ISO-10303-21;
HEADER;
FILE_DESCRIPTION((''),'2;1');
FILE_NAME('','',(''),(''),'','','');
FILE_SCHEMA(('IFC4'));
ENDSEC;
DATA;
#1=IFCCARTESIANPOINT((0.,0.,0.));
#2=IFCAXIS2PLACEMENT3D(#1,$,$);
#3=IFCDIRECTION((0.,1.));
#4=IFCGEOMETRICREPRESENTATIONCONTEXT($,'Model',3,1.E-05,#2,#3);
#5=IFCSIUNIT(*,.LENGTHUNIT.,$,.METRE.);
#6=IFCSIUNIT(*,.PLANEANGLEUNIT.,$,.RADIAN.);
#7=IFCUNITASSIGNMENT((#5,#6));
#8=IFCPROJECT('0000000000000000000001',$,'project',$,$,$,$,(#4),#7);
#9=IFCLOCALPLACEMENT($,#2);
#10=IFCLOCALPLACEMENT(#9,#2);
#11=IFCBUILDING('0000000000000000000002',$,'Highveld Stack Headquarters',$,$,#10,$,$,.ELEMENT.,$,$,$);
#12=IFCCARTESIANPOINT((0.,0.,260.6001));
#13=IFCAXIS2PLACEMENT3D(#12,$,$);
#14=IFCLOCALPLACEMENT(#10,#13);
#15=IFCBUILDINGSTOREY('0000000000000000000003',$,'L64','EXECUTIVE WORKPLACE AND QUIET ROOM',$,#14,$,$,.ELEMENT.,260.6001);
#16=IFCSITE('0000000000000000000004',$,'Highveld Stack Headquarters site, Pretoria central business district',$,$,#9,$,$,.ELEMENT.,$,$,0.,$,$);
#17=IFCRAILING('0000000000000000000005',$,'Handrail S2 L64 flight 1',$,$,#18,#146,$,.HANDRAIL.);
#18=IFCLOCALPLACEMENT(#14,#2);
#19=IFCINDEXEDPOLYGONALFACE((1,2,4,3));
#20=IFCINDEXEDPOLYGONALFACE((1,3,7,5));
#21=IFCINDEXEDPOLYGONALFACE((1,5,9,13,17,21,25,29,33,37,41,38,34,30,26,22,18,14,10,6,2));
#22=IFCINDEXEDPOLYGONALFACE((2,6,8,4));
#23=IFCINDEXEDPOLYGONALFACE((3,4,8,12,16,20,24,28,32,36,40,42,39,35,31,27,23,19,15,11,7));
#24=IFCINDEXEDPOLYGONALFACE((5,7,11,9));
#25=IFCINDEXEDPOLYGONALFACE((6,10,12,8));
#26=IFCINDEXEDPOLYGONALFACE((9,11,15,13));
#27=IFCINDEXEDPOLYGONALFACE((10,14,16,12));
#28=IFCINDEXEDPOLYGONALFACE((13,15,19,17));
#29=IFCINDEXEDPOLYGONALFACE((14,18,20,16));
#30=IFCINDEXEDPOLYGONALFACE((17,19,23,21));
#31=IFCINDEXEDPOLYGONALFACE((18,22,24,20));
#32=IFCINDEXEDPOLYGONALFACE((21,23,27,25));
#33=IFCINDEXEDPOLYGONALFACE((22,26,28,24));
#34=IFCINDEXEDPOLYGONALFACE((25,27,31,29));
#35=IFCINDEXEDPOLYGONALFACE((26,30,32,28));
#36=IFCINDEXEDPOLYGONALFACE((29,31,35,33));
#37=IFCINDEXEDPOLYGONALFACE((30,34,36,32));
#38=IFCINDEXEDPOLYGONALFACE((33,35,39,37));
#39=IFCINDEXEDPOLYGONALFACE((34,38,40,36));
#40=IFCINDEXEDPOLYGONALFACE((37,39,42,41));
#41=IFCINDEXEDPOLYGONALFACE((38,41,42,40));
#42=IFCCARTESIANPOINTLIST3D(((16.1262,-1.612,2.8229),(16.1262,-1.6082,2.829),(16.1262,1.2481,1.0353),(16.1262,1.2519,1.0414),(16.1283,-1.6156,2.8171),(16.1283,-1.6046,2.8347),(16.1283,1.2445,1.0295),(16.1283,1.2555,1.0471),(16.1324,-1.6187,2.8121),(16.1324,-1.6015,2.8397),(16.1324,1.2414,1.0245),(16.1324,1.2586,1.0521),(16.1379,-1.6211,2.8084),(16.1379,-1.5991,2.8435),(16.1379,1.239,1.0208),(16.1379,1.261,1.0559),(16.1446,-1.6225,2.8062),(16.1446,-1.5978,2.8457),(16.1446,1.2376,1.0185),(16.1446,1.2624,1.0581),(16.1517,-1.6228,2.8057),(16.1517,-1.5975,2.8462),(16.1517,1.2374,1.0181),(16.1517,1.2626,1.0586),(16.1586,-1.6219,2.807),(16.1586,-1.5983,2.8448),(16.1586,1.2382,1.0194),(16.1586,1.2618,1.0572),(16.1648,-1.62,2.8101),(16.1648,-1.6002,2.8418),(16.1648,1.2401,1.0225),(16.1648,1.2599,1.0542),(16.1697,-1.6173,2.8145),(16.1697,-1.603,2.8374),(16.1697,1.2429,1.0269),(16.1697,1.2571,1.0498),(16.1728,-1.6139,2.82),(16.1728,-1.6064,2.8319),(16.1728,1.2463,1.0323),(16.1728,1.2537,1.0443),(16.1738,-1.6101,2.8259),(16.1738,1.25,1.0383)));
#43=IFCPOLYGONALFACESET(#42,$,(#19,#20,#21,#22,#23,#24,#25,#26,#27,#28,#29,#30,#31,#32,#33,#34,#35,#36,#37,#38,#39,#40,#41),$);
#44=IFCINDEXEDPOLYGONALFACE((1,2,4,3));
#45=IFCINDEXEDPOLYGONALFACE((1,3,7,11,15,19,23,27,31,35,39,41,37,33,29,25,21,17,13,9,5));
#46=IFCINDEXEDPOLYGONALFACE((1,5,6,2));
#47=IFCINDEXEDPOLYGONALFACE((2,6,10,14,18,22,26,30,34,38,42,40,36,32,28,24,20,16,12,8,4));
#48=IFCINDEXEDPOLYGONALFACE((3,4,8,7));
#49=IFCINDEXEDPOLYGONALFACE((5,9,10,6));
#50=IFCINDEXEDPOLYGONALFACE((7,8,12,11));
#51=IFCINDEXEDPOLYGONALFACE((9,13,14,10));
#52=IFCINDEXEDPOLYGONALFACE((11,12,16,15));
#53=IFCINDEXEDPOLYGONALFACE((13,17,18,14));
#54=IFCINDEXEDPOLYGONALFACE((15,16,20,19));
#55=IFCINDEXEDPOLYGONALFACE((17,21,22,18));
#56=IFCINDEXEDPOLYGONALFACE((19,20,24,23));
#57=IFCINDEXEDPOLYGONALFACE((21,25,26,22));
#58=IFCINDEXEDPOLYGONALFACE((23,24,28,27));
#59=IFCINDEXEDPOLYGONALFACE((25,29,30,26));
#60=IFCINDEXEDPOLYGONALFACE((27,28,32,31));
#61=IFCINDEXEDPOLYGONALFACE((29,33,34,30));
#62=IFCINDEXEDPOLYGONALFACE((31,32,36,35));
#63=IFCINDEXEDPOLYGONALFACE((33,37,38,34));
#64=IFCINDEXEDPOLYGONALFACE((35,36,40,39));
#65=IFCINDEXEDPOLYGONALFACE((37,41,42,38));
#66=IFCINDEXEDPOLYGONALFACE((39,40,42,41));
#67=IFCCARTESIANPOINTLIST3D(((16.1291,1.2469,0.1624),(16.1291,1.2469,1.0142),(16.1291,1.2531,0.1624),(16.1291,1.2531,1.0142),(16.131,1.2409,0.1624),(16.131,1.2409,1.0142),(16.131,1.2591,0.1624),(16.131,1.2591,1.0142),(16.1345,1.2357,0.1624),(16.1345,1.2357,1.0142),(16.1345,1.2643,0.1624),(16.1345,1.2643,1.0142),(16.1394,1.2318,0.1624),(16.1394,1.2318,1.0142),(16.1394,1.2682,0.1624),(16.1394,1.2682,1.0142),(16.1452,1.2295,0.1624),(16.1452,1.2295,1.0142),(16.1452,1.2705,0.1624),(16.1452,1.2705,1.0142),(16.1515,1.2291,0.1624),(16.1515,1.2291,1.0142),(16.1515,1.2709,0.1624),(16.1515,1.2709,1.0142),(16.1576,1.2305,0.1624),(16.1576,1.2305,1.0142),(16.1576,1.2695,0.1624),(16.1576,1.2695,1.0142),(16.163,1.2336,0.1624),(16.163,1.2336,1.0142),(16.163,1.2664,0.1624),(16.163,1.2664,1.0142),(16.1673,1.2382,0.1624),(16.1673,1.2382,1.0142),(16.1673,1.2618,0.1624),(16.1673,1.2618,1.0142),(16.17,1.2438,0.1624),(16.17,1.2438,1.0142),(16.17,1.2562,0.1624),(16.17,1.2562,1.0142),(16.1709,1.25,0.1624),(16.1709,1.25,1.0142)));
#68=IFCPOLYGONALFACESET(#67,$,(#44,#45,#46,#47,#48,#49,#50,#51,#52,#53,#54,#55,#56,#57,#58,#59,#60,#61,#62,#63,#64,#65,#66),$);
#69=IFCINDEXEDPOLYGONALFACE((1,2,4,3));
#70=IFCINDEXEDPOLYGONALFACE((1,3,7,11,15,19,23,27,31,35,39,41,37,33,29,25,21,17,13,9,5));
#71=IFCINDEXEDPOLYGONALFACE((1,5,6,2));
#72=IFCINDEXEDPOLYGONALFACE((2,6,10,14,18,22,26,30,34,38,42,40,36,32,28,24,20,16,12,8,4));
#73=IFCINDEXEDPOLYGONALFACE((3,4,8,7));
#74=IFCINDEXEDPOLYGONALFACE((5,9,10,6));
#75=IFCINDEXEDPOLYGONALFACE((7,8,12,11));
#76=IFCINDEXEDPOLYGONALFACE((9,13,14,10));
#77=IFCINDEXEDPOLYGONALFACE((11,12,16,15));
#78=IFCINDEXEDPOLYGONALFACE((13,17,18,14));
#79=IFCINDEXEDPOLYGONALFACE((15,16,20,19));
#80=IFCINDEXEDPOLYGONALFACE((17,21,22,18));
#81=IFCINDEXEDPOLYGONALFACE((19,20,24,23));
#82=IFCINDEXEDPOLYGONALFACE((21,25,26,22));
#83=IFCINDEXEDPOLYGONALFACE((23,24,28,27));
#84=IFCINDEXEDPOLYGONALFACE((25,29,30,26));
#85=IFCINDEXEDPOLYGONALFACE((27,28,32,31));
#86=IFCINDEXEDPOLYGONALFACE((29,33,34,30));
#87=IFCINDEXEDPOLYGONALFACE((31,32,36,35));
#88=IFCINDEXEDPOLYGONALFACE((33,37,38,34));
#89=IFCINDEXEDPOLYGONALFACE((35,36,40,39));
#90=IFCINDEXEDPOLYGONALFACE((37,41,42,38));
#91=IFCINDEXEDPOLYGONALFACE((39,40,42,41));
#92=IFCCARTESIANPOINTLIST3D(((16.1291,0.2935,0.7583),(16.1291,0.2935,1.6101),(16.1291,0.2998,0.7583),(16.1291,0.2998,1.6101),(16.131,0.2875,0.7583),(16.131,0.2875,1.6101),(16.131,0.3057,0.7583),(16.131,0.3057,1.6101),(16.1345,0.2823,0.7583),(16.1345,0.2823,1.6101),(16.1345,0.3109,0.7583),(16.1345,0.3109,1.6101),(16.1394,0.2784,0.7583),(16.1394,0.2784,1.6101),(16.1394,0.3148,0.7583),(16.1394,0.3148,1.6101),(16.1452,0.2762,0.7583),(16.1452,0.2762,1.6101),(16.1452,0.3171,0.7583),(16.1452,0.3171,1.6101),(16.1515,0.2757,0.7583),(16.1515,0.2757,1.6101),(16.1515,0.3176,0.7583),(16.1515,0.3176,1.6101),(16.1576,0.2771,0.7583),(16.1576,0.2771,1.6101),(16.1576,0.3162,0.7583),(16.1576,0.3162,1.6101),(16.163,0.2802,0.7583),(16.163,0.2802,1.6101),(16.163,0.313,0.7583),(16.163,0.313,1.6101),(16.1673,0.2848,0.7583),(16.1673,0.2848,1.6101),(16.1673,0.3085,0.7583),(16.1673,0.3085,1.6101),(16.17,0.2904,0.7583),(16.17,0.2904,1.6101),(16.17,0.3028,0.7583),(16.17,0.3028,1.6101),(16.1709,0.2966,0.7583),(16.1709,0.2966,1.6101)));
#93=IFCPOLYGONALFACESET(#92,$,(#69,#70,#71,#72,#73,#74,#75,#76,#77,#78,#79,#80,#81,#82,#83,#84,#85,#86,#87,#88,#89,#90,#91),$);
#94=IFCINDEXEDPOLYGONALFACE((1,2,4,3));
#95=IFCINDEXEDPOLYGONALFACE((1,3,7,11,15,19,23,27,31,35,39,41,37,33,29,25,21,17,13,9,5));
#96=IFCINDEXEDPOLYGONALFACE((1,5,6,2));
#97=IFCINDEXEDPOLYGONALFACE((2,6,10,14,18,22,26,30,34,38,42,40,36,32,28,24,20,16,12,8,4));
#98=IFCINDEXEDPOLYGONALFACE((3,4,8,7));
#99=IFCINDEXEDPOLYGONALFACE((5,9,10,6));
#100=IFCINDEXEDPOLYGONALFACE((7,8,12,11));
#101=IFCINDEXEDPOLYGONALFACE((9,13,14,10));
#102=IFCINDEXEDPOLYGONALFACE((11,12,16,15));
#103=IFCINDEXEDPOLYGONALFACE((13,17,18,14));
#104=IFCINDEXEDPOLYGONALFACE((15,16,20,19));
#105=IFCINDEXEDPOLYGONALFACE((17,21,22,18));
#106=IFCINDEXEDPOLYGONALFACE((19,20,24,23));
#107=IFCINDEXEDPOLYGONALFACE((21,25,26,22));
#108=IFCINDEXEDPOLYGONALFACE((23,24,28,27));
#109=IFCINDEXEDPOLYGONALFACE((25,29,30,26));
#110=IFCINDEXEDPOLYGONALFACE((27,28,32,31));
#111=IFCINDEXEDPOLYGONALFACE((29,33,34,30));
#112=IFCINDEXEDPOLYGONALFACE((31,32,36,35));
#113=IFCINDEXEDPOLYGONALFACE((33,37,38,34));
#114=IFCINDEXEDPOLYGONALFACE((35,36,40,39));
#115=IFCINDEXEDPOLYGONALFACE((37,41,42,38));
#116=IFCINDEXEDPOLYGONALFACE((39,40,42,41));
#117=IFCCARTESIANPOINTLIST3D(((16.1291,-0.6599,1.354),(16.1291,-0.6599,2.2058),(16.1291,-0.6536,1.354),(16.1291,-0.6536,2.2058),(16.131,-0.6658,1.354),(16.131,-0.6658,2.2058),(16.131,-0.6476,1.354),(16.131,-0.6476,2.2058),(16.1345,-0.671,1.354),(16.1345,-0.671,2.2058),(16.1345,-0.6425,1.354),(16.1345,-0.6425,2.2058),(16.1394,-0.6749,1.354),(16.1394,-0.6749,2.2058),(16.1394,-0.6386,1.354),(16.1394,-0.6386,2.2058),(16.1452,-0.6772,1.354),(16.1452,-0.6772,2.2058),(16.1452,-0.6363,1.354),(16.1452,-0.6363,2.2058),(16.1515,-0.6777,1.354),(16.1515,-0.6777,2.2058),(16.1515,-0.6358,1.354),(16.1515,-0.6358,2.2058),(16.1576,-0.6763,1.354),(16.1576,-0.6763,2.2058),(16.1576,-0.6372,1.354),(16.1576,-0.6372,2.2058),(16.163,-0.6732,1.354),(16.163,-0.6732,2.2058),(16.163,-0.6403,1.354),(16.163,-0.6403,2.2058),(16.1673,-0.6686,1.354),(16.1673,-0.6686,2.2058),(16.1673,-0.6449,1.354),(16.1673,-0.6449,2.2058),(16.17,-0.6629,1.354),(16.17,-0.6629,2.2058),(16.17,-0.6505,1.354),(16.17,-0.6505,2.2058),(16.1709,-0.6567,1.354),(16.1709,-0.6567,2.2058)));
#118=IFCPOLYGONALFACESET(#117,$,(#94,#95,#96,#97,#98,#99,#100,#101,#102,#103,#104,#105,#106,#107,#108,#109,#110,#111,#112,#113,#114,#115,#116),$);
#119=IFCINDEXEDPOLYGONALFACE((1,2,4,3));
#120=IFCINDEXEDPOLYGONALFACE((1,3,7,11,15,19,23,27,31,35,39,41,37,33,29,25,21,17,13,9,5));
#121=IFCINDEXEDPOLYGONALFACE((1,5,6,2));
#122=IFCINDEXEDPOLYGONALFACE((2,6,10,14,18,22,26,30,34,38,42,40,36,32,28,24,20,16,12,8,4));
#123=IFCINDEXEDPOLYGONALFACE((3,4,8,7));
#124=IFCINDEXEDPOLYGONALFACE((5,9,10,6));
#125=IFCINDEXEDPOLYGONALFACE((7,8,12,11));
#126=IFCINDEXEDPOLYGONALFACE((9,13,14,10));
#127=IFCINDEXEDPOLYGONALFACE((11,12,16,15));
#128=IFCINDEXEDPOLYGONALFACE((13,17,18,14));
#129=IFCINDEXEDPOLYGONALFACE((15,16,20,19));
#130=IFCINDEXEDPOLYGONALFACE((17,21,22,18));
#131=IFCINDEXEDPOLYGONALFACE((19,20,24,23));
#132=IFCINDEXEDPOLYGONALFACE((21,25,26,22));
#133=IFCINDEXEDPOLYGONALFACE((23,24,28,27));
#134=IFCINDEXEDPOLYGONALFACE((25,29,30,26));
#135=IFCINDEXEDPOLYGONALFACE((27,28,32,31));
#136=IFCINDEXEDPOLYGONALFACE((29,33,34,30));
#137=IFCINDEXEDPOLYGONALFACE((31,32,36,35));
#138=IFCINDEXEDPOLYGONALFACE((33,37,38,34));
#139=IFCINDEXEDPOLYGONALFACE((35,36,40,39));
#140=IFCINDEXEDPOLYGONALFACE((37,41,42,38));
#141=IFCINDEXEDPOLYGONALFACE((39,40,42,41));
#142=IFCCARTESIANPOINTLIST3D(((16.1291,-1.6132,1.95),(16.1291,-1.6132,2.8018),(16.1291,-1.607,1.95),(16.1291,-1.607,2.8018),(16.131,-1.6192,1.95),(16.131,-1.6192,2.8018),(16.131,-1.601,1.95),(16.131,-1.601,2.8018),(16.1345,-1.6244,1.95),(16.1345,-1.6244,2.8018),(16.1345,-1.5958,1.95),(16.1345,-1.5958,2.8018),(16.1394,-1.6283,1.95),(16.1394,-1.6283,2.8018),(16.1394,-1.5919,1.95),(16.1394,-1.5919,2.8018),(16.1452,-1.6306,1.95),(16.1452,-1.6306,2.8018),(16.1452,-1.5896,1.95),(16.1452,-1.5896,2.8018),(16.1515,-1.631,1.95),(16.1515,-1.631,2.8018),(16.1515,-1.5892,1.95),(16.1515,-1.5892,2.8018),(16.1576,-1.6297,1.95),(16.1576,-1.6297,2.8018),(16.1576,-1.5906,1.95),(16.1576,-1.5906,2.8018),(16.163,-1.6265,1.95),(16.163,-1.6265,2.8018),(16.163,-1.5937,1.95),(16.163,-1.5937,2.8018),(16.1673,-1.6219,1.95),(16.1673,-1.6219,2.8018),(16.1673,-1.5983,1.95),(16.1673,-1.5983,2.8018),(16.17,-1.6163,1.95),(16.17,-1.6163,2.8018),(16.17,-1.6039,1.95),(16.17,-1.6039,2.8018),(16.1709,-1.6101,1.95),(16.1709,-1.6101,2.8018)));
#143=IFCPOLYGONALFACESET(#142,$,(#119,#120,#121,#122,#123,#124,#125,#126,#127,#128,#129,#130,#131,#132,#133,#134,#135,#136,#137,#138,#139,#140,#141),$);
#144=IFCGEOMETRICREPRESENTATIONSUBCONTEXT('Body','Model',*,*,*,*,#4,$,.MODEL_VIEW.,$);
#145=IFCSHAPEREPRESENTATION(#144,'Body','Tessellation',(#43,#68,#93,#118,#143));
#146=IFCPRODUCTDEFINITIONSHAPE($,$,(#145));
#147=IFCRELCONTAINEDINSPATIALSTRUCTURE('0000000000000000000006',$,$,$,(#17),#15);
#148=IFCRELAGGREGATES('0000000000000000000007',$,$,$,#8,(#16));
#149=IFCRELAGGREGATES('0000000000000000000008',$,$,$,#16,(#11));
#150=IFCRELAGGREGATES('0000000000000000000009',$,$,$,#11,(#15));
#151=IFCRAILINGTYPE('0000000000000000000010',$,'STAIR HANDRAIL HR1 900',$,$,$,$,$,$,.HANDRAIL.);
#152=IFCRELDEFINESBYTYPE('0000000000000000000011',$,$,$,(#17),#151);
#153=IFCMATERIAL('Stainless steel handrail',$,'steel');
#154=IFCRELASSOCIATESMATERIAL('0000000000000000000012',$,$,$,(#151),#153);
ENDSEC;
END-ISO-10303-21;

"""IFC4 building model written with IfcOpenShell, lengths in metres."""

from ifc_helpers import new_model, si_unit, direction, frame, origin, origin_2d, place, context, subcontext, project, spatial, circle, extrude, material, type_object, element, save


model = new_model("IFC4")

# Units and contexts
model_context = context("Model", 3, precision=1e-05, world=origin(), true_north=direction((0.0, 1.0)))
body_context = subcontext(model_context, "Body", "Model", "MODEL_VIEW")
ifc_project = project(units=[si_unit("LENGTHUNIT", "METRE"), si_unit("PLANEANGLEUNIT", "RADIAN")], contexts=[model_context])

# Site, building, storey
site_placement = place(None, origin())
site = spatial("IfcSite", under=ifc_project, at=site_placement, Name="Highveld Stack Headquarters site, Pretoria central business district", CompositionType="ELEMENT", RefElevation=0.0)
building_placement = place(site_placement, origin())
building = spatial("IfcBuilding", under=site, at=building_placement, Name="Highveld Stack Headquarters", CompositionType="ELEMENT")
storey_placement = place(building_placement, frame((0.0, 0.0, 260.6001)))
storey = spatial("IfcBuildingStorey", under=building, at=storey_placement, Name="L64", Description="EXECUTIVE WORKPLACE AND QUIET ROOM", CompositionType="ELEMENT", Elevation=260.6001)

# Railing
ifc_material_1 = material(Name="Stainless steel handrail", Category="steel")
railing_type = type_object("IfcRailingType", Name="STAIR HANDRAIL HR1 900", PredefinedType="HANDRAIL", material=ifc_material_1)
for number, where, name in (
    (1, (16.1499, 1.25, 0.1624), "Handrail S2 L64 flight 1"),
):
    element("IfcRailing", number, at=place(storey_placement, frame(where)), inside=storey, type_object=railing_type, Name=name, PredefinedType="HANDRAIL", context=body_context, shape_type="SweptSolid", body=[
        extrude(circle(Radius=0.0239, at=origin_2d()), frame((0.0, 0.0, 0.876), z_axis=(0.0, -0.847994, 0.530005), x_axis=(1.0, 0.0, 0.0)), (0.0, 0.0, 1.0), 3.3728),
        extrude(circle(Radius=0.021, at=origin_2d()), origin(), (0.0, 0.0, 1.0), 0.8518),
        extrude(circle(Radius=0.021, at=origin_2d()), frame((0.0, -0.9534, 0.5959)), (0.0, 0.0, 1.0), 0.8518),
        extrude(circle(Radius=0.021, at=origin_2d()), frame((0.0, -1.9067, 1.1917)), (0.0, 0.0, 1.0), 0.8518),
        extrude(circle(Radius=0.021, at=origin_2d()), frame((0.0, -2.8601, 1.7876)), (0.0, 0.0, 1.0), 0.8518),
    ])

save(model, "model.ifc")
